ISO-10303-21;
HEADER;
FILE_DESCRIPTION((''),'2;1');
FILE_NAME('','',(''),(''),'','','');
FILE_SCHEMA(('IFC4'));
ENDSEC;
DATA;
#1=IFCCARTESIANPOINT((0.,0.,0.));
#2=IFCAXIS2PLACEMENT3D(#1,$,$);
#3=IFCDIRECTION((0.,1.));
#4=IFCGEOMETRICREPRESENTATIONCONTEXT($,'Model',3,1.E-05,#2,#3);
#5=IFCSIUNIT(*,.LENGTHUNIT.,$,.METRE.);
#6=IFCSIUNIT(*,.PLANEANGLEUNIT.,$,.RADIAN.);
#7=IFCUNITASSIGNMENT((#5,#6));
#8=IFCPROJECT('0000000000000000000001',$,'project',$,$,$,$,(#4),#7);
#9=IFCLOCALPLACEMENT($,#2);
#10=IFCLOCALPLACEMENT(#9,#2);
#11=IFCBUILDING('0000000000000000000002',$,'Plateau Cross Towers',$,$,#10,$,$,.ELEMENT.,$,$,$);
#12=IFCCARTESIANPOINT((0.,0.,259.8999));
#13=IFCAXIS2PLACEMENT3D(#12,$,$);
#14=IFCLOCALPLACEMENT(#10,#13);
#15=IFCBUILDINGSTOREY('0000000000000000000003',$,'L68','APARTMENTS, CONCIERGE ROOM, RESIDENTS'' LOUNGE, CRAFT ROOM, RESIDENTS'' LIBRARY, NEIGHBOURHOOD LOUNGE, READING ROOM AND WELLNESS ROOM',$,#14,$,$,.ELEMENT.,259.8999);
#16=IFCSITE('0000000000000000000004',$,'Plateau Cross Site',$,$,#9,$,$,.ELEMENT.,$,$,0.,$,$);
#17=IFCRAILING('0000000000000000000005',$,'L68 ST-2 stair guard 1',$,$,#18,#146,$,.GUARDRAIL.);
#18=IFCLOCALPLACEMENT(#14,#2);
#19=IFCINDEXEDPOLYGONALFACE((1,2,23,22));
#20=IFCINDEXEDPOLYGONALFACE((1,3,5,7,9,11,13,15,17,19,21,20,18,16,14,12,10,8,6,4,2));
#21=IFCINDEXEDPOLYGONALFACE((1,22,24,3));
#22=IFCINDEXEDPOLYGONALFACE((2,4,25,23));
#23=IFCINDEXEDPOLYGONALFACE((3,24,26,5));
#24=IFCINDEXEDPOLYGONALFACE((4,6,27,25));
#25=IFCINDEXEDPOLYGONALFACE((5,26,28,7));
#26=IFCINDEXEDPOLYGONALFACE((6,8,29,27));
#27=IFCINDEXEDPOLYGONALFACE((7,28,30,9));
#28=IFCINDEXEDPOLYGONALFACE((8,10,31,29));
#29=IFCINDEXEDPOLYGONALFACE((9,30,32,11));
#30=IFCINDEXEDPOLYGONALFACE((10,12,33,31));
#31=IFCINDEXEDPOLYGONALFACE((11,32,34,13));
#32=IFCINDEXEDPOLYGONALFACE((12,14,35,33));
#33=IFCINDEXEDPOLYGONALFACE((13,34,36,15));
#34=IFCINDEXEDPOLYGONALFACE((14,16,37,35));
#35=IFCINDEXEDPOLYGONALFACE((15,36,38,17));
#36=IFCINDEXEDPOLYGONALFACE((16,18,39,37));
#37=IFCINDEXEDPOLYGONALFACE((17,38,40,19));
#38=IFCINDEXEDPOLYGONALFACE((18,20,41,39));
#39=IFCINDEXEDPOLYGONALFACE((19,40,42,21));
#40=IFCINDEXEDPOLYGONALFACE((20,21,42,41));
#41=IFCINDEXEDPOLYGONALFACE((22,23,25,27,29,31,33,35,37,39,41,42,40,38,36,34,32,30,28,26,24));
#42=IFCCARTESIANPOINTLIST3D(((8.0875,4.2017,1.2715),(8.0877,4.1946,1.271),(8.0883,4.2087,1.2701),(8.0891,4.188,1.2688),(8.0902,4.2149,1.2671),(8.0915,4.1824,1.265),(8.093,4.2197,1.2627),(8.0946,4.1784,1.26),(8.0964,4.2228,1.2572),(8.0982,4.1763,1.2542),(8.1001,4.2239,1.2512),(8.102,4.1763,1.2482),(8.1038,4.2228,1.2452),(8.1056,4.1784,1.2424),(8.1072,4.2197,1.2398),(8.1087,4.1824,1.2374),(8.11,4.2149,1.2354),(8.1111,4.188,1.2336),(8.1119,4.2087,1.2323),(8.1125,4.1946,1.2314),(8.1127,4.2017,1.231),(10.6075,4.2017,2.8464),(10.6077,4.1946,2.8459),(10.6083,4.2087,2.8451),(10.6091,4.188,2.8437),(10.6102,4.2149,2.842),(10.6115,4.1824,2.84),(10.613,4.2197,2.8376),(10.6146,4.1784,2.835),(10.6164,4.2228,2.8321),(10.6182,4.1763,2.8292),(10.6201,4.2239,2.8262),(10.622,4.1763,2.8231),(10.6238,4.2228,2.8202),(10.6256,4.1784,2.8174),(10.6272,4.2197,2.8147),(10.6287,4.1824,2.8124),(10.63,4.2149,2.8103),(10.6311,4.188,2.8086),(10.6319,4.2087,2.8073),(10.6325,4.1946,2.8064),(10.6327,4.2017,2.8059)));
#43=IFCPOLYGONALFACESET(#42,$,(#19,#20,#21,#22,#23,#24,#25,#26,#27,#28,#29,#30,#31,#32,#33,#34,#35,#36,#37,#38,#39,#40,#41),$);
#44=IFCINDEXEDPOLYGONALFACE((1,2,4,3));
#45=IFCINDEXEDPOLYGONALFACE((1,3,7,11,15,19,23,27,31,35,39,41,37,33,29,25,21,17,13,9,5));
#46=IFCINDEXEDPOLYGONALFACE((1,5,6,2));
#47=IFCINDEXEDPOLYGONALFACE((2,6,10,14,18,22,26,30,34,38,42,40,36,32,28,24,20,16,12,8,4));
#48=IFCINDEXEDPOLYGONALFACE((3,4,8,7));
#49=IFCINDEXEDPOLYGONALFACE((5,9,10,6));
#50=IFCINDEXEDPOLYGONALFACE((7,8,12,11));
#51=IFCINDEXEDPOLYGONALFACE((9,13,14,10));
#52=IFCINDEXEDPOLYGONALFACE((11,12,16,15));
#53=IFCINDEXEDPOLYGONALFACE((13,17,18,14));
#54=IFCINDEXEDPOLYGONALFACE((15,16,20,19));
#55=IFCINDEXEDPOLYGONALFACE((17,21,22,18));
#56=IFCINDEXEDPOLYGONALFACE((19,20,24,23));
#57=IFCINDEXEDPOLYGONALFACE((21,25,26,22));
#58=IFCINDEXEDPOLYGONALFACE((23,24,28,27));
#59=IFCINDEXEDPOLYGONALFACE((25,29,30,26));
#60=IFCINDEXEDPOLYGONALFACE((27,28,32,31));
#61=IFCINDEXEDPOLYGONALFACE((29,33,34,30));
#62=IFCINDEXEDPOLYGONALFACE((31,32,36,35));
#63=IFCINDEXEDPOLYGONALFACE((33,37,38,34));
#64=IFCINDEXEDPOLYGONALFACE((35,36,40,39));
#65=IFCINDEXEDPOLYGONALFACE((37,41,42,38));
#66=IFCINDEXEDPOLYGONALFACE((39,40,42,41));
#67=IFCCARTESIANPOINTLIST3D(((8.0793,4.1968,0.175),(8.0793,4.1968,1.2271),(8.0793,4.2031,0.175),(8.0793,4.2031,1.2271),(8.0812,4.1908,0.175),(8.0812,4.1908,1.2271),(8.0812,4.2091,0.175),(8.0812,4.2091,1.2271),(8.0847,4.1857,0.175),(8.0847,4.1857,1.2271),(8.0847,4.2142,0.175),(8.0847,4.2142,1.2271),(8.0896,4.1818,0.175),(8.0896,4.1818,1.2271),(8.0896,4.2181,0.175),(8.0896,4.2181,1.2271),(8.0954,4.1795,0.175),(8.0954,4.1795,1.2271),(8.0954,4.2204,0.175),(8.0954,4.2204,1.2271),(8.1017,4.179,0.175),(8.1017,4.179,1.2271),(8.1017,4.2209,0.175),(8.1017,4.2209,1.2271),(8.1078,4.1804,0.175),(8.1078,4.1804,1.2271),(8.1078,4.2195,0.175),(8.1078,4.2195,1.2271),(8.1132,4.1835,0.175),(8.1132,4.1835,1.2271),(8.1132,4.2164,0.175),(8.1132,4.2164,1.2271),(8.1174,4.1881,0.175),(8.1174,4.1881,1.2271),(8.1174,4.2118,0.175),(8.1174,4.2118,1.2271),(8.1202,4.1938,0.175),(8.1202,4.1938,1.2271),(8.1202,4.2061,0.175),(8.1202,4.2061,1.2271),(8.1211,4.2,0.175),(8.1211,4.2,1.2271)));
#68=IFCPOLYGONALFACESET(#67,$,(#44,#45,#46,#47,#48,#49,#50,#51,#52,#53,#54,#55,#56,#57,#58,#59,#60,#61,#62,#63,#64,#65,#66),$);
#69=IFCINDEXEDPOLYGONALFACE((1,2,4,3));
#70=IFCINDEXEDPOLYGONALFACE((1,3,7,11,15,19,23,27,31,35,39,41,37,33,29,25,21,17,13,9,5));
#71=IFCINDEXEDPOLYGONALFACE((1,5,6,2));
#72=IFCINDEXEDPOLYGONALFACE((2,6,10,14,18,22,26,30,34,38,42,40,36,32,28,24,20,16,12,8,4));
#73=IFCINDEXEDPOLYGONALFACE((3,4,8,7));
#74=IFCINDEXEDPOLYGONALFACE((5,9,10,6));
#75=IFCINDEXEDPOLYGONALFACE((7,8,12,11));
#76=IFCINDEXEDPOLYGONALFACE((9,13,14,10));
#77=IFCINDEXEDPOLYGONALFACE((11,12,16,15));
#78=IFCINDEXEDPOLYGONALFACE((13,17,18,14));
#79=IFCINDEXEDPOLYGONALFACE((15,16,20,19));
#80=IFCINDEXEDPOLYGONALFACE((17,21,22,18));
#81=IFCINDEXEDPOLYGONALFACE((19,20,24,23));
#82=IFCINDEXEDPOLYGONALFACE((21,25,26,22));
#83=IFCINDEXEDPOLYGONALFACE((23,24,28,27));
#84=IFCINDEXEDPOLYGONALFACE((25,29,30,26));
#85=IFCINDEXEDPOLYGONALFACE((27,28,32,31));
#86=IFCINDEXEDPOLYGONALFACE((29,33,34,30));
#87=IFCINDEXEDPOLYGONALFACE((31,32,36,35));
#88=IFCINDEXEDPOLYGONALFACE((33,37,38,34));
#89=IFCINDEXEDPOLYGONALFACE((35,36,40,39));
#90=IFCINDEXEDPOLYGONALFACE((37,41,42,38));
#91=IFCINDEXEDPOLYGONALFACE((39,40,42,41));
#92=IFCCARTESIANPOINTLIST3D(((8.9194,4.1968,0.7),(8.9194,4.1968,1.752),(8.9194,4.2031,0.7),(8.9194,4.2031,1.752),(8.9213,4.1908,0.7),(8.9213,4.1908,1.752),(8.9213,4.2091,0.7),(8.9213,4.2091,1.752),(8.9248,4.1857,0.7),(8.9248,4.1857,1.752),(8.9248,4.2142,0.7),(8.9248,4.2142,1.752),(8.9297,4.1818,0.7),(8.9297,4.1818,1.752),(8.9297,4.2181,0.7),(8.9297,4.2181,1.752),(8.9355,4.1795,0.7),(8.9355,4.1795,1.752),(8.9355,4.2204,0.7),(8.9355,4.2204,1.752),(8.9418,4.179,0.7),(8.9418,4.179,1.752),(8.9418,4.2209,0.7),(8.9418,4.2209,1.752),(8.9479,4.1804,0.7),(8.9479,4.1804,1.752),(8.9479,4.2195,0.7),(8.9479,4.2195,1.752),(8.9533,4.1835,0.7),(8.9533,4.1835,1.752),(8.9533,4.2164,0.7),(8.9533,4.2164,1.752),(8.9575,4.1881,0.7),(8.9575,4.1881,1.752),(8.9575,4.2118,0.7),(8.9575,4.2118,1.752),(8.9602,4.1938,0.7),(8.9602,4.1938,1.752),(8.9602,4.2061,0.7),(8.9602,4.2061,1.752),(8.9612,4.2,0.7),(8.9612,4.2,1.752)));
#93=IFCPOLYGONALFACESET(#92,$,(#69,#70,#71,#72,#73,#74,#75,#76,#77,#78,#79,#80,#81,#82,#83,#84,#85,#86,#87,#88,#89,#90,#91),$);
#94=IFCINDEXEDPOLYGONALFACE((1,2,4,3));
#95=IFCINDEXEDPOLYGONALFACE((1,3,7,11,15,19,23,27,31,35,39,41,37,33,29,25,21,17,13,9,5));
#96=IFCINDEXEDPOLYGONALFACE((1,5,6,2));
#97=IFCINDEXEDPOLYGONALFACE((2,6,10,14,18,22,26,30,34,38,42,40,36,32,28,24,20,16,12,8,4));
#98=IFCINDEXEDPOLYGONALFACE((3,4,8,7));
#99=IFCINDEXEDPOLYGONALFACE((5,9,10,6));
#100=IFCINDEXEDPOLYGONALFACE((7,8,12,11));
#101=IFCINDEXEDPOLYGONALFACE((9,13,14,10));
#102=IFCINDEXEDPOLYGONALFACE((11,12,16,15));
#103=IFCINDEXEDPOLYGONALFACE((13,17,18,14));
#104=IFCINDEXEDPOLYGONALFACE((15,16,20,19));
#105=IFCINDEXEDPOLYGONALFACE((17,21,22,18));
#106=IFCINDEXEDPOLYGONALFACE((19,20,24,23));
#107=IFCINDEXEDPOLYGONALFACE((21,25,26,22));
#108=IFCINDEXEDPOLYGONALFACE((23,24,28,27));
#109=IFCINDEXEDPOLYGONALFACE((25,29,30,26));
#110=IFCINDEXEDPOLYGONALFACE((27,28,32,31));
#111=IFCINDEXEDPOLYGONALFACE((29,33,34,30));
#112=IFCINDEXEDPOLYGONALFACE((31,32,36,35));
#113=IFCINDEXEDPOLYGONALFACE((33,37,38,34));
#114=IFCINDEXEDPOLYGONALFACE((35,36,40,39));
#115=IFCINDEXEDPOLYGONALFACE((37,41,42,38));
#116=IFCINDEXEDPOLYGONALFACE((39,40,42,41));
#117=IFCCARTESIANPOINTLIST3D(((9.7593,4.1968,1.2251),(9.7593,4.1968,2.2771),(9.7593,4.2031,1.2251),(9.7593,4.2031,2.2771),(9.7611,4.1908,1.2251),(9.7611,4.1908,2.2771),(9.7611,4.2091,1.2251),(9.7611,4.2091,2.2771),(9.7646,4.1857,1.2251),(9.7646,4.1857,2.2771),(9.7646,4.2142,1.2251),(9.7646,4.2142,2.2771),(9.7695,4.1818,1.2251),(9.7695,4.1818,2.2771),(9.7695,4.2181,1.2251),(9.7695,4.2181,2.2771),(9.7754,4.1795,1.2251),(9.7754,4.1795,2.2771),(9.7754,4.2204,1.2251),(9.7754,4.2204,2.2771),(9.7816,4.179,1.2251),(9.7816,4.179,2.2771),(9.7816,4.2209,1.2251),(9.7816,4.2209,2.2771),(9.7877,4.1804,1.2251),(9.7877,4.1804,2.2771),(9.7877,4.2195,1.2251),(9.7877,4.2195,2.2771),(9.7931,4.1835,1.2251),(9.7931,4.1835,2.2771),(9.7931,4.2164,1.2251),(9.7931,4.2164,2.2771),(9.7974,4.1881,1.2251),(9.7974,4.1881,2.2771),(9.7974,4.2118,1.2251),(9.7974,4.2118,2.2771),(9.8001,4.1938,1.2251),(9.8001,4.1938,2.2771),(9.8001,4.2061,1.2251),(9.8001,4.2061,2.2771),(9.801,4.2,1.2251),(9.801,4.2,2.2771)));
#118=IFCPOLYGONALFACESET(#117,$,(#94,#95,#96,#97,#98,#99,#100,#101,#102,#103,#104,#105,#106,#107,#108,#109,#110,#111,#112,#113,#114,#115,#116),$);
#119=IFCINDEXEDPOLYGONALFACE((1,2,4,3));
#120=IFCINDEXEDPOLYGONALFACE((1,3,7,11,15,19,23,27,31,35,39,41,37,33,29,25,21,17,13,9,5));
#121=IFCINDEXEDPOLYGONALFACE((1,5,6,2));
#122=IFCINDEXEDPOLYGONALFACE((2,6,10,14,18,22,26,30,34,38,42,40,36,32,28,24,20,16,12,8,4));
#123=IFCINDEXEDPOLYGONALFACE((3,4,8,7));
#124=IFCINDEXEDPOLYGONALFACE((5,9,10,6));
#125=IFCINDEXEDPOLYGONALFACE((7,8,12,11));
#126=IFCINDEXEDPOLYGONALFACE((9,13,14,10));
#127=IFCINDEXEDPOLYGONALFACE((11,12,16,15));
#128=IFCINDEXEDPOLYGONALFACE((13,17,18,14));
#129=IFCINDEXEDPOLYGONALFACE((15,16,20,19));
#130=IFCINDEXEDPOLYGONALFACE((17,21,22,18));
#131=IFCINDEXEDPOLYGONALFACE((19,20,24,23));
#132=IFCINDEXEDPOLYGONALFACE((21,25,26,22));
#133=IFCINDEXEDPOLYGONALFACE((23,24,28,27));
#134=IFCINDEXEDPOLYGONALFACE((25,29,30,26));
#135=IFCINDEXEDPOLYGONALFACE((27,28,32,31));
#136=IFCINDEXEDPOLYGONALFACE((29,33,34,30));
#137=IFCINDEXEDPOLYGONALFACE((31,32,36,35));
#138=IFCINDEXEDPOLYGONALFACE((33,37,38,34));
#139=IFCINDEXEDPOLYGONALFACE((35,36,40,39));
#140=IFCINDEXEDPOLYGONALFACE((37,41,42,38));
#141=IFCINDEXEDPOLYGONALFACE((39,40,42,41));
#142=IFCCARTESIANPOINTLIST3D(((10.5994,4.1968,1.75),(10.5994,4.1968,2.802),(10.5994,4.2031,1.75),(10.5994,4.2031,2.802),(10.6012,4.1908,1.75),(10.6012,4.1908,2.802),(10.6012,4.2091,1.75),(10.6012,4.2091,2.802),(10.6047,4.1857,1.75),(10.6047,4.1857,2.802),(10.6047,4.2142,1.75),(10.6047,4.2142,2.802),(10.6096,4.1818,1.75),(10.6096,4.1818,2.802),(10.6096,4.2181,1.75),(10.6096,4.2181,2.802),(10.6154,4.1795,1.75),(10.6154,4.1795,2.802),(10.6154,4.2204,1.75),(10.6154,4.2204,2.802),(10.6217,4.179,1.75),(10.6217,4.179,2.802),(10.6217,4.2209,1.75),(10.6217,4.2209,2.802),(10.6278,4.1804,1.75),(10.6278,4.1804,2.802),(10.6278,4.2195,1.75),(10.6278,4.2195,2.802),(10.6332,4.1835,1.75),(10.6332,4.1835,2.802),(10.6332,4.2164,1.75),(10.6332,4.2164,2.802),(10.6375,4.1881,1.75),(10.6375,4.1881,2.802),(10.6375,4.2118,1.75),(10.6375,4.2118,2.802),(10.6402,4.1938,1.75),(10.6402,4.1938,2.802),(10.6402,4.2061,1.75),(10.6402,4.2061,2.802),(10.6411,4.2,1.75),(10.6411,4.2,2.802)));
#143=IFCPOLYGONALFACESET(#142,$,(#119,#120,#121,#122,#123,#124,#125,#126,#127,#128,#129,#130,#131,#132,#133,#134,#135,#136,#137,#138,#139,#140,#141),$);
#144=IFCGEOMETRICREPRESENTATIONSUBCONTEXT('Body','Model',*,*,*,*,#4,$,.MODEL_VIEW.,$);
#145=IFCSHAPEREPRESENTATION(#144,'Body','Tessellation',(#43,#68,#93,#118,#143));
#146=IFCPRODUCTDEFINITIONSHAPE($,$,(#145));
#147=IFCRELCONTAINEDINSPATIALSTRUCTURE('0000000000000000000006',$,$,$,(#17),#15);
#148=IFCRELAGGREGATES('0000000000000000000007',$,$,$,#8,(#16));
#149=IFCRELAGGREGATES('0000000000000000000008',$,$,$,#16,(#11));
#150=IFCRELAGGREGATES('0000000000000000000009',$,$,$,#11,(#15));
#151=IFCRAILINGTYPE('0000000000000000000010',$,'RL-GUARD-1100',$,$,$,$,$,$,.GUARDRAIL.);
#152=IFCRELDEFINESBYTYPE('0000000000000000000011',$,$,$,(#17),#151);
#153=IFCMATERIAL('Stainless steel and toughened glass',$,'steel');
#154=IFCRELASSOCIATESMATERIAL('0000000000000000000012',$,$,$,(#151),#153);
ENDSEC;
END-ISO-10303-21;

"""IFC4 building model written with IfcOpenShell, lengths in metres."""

from ifc_helpers import new_model, si_unit, direction, frame, origin, origin_2d, place, context, subcontext, project, spatial, circle, extrude, material, type_object, element, save


model = new_model("IFC4")

# Units and contexts
model_context = context("Model", 3, precision=1e-05, world=origin(), true_north=direction((0.0, 1.0)))
body_context = subcontext(model_context, "Body", "Model", "MODEL_VIEW")
ifc_project = project(units=[si_unit("LENGTHUNIT", "METRE"), si_unit("PLANEANGLEUNIT", "RADIAN")], contexts=[model_context])

# Site, building, storey
site_placement = place(None, origin())
site = spatial("IfcSite", under=ifc_project, at=site_placement, Name="Plateau Cross Site", CompositionType="ELEMENT", RefElevation=0.0)
building_placement = place(site_placement, origin())
building = spatial("IfcBuilding", under=site, at=building_placement, Name="Plateau Cross Towers", CompositionType="ELEMENT")
storey_placement = place(building_placement, frame((0.0, 0.0, 259.8999)))
storey = spatial("IfcBuildingStorey", under=building, at=storey_placement, Name="L68", Description="APARTMENTS, CONCIERGE ROOM, RESIDENTS' LOUNGE, CRAFT ROOM, RESIDENTS' LIBRARY, NEIGHBOURHOOD LOUNGE, READING ROOM AND WELLNESS ROOM", CompositionType="ELEMENT", Elevation=259.8999)

# Railing
ifc_material_1 = material(Name="Stainless steel and toughened glass", Category="steel")
railing_type_1 = type_object("IfcRailingType", Name="RL-GUARD-1100", PredefinedType="GUARDRAIL", material=ifc_material_1)
railing_1_placement = place(storey_placement, frame((8.1001, 4.2, 0.175)))
element("IfcRailing", 1, at=railing_1_placement, inside=storey, type_object=railing_type_1, Name="L68 ST-2 stair guard 1", PredefinedType="GUARDRAIL", context=body_context, shape_type="SweptSolid", body=[
    extrude(circle(Radius=0.0239, at=origin_2d()), frame((0.0, 0.0, 1.0762), z_axis=(0.848008, 0.0, 0.529984), x_axis=(0.0, 1.0, 0.0)), (0.0, 0.0, 1.0), 2.9717),
    extrude(circle(Radius=0.021, at=origin_2d()), origin(), (0.0, 0.0, 1.0), 1.052),
    extrude(circle(Radius=0.021, at=origin_2d()), frame((0.8401, 0.0, 0.5249)), (0.0, 0.0, 1.0), 1.052),
    extrude(circle(Radius=0.021, at=origin_2d()), frame((1.6799, 0.0, 1.05)), (0.0, 0.0, 1.0), 1.052),
    extrude(circle(Radius=0.021, at=origin_2d()), frame((2.52, 0.0, 1.575)), (0.0, 0.0, 1.0), 1.052),
])

save(model, "model.ifc")
